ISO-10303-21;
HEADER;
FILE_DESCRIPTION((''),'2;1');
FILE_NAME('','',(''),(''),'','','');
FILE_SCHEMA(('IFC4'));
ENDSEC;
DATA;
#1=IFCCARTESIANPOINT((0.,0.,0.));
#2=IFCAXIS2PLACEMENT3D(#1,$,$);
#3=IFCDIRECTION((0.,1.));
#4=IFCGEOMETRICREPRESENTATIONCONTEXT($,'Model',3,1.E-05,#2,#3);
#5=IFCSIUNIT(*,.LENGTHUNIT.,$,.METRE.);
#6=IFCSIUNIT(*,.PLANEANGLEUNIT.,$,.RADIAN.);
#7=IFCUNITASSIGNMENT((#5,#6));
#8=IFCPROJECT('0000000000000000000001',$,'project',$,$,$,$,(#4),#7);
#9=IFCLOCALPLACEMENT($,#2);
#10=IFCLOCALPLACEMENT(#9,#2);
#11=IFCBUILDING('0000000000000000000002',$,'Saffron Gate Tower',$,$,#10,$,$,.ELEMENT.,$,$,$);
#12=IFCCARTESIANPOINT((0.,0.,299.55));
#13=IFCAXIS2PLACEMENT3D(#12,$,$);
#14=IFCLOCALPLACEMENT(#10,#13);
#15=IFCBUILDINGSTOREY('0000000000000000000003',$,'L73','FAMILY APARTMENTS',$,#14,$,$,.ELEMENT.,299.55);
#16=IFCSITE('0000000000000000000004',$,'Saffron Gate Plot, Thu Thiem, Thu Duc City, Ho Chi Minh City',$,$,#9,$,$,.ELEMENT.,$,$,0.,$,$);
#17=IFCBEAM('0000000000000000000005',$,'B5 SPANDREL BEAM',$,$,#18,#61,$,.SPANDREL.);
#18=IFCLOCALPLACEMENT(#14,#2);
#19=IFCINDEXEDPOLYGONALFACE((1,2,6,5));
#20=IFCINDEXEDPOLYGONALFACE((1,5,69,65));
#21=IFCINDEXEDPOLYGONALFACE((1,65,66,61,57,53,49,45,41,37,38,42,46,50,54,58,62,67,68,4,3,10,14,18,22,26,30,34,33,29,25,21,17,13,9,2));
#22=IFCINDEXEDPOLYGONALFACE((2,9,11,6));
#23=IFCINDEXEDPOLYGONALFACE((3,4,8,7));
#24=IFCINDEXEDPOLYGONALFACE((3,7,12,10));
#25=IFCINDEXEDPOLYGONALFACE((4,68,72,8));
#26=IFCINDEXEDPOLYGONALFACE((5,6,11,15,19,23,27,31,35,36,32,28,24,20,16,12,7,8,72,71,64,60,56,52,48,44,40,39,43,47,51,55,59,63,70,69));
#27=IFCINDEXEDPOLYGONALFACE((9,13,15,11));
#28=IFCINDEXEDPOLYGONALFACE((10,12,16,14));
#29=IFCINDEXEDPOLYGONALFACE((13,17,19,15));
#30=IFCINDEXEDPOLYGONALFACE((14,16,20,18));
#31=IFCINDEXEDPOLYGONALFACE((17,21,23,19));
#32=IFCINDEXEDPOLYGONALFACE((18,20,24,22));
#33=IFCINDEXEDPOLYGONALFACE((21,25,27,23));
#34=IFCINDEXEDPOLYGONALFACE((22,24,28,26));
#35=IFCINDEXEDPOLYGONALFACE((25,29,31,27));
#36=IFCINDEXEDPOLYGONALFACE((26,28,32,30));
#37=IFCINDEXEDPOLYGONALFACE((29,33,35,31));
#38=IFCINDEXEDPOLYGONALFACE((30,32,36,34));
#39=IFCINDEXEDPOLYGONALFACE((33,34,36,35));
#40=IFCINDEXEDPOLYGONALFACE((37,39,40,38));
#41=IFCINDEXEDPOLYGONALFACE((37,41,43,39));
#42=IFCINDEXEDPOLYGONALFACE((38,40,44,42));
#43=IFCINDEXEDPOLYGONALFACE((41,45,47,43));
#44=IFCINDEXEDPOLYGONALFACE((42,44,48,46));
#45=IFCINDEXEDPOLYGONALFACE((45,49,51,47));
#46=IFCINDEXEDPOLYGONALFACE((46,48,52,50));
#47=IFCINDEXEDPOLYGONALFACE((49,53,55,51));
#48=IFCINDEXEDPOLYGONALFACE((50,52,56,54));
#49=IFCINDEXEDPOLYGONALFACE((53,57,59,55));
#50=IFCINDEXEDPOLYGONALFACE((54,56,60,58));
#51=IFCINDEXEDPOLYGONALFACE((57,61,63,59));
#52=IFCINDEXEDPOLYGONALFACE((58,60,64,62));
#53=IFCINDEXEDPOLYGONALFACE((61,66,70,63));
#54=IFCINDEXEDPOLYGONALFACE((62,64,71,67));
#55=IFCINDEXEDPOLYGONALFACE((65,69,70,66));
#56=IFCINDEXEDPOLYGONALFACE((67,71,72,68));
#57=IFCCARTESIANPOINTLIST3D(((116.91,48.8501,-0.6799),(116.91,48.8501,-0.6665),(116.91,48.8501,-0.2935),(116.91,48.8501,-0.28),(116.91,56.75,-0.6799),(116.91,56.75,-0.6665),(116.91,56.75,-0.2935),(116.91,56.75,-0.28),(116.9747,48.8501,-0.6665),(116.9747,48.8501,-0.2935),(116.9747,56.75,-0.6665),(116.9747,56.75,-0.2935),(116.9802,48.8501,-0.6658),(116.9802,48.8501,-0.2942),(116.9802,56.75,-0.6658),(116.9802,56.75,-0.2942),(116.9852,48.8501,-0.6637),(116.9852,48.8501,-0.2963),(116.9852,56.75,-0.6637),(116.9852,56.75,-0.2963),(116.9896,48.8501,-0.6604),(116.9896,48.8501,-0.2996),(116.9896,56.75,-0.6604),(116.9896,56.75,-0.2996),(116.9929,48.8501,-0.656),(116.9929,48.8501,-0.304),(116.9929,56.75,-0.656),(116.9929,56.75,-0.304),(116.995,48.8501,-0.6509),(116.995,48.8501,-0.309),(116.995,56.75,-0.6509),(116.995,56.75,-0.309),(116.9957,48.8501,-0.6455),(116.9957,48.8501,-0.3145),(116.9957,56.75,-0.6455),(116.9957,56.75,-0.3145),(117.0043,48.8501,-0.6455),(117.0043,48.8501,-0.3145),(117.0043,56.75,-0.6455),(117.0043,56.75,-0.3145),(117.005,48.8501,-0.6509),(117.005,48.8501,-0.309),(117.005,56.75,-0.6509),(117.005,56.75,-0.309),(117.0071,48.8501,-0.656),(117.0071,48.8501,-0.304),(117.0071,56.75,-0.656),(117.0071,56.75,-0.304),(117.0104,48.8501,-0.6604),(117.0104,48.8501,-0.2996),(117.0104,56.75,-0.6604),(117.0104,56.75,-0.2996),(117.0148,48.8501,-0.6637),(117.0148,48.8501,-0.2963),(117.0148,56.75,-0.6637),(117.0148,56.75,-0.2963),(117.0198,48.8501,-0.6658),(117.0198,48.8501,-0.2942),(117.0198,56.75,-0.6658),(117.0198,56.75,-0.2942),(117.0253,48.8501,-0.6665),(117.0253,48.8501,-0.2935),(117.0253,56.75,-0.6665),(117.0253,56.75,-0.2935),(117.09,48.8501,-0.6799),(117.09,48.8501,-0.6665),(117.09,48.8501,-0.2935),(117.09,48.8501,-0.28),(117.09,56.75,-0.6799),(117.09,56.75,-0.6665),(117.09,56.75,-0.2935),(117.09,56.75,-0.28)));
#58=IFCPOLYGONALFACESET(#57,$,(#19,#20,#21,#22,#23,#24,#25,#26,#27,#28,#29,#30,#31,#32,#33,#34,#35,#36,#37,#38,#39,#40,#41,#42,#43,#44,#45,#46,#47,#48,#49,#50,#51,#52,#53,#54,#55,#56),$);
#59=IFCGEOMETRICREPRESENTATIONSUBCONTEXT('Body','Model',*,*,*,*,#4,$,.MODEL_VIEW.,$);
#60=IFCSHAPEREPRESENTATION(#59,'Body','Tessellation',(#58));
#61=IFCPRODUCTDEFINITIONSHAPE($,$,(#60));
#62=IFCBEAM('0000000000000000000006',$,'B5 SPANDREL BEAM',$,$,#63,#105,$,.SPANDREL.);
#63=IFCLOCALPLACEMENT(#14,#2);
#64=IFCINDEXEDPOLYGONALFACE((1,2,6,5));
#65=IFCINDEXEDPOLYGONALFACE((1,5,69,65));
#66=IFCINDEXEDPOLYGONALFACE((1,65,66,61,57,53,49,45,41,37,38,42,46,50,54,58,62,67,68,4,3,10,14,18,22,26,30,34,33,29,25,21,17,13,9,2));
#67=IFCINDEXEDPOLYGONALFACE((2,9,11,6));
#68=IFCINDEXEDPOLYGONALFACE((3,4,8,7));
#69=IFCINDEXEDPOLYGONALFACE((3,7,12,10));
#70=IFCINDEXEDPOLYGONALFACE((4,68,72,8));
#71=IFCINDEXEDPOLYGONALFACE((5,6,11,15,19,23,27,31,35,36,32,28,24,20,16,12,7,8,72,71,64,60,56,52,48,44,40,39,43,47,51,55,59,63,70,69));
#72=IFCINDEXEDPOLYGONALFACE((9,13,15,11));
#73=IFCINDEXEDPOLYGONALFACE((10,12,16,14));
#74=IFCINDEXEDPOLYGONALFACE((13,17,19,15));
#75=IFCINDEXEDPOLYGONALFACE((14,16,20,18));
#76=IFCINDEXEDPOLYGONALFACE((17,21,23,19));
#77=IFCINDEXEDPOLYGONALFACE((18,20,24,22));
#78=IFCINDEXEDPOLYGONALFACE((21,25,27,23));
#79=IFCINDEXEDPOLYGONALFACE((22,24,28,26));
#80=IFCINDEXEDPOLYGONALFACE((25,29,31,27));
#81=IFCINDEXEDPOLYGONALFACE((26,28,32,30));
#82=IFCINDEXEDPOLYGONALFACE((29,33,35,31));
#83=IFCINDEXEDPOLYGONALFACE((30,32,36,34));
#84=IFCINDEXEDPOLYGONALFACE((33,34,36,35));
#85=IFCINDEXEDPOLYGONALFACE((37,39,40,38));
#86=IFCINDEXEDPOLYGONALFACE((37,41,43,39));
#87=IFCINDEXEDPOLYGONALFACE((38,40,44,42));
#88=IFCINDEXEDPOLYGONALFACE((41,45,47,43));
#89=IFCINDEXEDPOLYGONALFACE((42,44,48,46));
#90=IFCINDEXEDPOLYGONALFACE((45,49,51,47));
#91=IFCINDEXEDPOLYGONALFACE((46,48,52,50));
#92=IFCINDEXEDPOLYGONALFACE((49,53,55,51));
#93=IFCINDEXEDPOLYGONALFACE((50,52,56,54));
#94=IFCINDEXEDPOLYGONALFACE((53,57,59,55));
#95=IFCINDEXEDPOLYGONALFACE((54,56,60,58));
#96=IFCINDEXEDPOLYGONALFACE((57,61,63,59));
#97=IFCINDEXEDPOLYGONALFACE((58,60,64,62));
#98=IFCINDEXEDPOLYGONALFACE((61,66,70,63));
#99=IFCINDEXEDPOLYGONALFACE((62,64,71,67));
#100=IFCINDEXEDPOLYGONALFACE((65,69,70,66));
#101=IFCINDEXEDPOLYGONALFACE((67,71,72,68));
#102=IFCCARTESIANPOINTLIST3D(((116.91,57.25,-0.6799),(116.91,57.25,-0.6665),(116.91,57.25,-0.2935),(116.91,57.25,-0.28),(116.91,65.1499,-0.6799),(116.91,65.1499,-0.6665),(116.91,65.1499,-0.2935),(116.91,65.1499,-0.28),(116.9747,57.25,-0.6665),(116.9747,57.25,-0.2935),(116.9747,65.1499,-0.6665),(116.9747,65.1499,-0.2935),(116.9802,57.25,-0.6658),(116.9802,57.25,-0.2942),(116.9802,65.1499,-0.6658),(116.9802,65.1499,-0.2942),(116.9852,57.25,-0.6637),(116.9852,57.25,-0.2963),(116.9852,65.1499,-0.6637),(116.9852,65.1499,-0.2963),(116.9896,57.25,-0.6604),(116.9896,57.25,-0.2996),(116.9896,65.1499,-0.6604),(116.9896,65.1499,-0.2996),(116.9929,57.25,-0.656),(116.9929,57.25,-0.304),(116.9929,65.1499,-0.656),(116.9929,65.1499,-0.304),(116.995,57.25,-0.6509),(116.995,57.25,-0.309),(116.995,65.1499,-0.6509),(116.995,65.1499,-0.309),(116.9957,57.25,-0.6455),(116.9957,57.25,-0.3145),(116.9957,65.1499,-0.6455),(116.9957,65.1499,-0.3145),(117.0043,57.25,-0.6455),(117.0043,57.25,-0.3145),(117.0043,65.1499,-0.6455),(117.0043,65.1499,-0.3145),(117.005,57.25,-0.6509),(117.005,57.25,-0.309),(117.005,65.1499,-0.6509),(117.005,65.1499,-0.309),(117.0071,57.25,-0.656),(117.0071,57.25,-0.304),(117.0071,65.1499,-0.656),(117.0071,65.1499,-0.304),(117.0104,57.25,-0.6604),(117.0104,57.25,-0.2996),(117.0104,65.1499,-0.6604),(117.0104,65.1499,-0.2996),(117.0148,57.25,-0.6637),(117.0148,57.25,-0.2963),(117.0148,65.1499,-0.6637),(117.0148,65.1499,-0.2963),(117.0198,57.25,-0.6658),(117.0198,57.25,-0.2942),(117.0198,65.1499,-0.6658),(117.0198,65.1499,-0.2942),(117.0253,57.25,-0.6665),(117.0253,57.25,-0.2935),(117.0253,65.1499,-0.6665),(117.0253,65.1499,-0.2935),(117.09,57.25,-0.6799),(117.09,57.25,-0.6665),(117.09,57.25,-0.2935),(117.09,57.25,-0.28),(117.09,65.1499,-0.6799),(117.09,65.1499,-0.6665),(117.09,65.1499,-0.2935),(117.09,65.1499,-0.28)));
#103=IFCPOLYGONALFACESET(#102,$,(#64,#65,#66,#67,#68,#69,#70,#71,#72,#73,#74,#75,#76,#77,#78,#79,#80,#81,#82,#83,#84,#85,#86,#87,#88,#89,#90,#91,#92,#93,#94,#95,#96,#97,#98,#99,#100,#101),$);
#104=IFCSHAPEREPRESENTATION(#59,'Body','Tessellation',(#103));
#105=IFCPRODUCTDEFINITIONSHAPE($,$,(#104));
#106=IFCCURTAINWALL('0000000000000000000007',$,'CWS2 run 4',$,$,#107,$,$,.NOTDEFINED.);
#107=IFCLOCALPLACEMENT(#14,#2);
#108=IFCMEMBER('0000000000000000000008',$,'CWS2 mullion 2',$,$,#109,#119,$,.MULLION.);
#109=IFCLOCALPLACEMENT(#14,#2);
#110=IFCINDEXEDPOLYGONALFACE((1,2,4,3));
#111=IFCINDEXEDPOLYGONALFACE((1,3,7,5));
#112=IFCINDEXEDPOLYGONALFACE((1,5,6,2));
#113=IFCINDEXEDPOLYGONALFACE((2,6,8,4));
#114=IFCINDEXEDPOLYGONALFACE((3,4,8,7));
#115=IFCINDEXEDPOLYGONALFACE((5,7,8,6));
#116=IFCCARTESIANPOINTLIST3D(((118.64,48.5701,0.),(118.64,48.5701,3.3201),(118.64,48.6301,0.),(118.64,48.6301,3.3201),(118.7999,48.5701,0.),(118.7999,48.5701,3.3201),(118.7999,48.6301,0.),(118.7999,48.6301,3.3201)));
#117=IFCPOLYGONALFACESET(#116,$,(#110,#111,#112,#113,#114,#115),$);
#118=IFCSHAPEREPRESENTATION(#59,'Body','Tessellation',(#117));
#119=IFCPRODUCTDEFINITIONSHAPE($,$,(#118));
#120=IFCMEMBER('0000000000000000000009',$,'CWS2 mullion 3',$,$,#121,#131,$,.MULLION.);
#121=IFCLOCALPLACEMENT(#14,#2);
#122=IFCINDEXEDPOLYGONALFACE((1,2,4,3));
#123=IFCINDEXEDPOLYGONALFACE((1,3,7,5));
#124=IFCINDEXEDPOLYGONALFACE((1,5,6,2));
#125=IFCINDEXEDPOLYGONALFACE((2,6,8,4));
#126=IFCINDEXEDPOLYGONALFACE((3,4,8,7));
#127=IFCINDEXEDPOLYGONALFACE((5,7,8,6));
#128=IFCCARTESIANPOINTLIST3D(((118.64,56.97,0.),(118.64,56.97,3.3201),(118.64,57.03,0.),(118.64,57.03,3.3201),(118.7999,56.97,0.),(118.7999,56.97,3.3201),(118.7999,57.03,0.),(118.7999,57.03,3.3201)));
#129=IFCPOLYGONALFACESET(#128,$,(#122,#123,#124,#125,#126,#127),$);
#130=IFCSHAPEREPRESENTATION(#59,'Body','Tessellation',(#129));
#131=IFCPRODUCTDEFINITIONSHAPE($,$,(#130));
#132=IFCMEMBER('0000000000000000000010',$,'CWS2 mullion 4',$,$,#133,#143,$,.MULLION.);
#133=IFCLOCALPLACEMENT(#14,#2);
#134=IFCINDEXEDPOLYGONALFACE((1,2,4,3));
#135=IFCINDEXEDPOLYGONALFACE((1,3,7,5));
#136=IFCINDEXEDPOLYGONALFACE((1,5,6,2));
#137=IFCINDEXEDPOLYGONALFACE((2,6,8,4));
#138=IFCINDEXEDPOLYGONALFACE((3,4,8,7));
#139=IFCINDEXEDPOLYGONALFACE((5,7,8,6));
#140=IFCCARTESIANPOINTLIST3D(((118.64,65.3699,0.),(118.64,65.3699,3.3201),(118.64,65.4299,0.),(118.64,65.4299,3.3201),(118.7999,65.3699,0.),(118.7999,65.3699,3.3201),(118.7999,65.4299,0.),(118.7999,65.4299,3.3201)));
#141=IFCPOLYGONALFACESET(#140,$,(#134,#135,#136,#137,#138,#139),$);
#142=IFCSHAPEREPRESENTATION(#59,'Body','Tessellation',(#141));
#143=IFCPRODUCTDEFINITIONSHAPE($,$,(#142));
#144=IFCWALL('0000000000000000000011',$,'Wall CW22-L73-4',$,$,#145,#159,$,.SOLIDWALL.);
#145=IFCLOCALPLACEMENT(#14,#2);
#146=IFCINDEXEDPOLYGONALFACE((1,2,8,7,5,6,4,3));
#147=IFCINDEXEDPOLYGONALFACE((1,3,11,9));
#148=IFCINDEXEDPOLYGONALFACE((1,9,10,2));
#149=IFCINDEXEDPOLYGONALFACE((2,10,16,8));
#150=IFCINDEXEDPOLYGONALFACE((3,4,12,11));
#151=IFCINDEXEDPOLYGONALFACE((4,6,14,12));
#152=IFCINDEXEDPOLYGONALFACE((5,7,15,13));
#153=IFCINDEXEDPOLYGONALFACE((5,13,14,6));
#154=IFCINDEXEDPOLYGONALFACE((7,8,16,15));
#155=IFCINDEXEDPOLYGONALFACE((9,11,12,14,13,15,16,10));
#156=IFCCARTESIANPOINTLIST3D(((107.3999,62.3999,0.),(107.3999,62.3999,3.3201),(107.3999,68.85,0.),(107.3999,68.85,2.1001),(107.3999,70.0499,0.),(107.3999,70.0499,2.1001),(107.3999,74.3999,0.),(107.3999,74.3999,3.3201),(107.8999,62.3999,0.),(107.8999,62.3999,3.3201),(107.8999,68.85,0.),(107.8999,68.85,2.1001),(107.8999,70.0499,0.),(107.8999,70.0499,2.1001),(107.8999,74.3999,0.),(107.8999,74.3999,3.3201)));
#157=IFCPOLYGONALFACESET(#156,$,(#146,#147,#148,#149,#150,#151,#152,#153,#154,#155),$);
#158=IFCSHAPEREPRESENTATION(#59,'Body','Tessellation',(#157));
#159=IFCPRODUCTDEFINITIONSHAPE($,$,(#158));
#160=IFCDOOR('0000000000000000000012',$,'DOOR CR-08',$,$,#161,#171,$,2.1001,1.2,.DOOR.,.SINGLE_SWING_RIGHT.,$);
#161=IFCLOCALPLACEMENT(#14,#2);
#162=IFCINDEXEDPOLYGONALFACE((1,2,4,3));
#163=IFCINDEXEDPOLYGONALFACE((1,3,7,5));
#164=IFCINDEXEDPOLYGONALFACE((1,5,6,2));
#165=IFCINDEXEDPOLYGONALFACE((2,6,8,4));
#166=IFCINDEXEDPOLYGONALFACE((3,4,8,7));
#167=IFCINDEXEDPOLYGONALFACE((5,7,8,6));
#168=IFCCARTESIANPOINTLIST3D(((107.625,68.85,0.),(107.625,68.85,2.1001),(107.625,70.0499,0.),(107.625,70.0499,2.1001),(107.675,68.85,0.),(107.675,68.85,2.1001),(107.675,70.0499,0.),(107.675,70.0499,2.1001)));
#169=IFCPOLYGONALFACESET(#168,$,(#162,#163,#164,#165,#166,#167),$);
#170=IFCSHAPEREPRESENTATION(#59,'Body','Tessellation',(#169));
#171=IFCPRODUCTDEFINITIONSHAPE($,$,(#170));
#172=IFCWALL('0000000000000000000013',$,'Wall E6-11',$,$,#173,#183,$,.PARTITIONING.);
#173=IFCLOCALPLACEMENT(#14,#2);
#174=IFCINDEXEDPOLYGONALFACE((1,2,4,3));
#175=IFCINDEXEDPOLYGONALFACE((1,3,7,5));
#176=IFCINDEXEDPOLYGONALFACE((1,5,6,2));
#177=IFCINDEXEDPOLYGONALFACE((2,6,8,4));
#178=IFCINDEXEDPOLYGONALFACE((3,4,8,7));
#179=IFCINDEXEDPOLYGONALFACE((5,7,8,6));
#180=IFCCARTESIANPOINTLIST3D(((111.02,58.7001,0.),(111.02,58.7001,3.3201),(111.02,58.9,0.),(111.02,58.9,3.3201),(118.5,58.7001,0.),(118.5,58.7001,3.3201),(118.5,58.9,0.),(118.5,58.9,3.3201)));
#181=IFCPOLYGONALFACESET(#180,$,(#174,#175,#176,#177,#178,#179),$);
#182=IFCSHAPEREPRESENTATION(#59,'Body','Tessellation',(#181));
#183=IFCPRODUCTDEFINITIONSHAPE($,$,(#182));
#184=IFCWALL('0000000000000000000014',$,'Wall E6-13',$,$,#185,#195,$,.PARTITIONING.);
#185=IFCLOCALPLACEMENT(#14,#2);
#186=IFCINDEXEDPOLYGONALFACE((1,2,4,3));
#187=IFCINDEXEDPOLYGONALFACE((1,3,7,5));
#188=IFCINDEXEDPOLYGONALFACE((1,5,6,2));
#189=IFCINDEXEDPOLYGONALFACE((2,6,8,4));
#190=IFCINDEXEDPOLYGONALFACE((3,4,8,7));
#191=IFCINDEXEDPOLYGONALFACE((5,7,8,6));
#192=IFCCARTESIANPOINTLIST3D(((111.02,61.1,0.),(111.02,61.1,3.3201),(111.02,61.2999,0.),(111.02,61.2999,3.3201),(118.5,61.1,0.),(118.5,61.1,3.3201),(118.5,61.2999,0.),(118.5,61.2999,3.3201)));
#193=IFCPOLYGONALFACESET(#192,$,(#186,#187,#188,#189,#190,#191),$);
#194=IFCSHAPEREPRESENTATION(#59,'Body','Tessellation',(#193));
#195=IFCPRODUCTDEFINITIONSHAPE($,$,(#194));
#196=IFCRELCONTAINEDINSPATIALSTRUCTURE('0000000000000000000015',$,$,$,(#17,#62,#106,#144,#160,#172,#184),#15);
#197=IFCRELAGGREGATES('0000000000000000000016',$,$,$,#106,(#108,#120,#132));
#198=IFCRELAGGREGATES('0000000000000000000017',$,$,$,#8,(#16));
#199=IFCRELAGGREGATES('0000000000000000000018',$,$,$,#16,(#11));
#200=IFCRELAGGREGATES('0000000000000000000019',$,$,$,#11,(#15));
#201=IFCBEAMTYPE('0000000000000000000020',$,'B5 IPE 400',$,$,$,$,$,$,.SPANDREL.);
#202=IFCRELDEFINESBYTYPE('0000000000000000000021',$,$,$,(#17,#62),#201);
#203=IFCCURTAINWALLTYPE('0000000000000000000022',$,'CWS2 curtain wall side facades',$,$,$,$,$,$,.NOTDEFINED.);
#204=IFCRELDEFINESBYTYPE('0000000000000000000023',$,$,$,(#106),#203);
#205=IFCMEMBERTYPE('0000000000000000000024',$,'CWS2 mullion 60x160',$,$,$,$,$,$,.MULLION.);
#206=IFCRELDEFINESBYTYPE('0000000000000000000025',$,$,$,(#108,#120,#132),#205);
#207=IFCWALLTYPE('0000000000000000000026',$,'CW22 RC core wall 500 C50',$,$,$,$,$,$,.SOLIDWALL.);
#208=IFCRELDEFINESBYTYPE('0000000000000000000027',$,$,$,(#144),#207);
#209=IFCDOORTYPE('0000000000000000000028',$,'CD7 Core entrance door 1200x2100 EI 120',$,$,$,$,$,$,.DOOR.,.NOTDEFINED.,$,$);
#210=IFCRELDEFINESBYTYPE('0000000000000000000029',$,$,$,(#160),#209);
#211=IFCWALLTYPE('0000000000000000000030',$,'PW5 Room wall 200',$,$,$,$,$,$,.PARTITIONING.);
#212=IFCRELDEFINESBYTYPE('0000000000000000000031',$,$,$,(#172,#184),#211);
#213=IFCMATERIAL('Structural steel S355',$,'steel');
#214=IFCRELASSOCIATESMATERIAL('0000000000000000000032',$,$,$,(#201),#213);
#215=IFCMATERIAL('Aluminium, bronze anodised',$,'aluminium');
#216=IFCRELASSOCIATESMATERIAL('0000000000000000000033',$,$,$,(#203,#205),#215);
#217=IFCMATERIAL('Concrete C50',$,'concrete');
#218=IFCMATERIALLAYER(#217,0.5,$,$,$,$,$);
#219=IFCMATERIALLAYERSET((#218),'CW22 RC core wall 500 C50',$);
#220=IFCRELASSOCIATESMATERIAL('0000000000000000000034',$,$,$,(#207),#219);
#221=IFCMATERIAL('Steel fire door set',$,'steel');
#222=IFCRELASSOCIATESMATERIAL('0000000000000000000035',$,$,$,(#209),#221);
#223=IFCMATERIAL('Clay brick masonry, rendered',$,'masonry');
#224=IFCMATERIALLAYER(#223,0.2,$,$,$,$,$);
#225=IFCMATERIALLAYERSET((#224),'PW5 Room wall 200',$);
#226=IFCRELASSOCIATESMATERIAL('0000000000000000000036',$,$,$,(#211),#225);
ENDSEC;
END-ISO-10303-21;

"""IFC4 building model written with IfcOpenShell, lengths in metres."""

from ifc_helpers import new_model, si_unit, direction, frame, frame_2d, origin, origin_2d, place, context, subcontext, project, spatial, rectangle, i_section, extrude, material, layer, layer_set, material_profile, profile_set, type_object, element, fill, aggregate, save


model = new_model("IFC4")

# Units and contexts
model_context = context("Model", 3, precision=1e-05, world=origin(), true_north=direction((0.0, 1.0)))
body_context = subcontext(model_context, "Body", "Model", "MODEL_VIEW")
ifc_project = project(units=[si_unit("LENGTHUNIT", "METRE"), si_unit("PLANEANGLEUNIT", "RADIAN")], contexts=[model_context])

# Site, building, storey
site_placement = place(None, origin())
site = spatial("IfcSite", under=ifc_project, at=site_placement, Name="Saffron Gate Plot, Thu Thiem, Thu Duc City, Ho Chi Minh City", CompositionType="ELEMENT", RefElevation=0.0)
building_placement = place(site_placement, origin())
building = spatial("IfcBuilding", under=site, at=building_placement, Name="Saffron Gate Tower", CompositionType="ELEMENT")
storey_placement = place(building_placement, frame((0.0, 0.0, 299.55)))
storey = spatial("IfcBuildingStorey", under=building, at=storey_placement, Name="L73", Description="FAMILY APARTMENTS", CompositionType="ELEMENT", Elevation=299.55)

# Beams
ifc_material_1 = material(Name="Structural steel S355", Category="steel")
ifc_material_profile_1 = material_profile(ifc_material_1, i_section(OverallWidth=0.1799, OverallDepth=0.3999, WebThickness=0.0085, FlangeThickness=0.0134, FilletRadius=0.021, at=origin_2d()))
ifc_profile_set_1 = profile_set([ifc_material_profile_1], Name="Structural steel S355")
beam_type_1 = type_object("IfcBeamType", Name="B5 IPE 400", PredefinedType="SPANDREL", material=ifc_profile_set_1)
for number, where, z_axis, x_axis, name in (
    (1, (117.0, 48.8501, -0.48), (0.0, 1.0, 0.0), (-1.0, 0.0, 0.0), "B5 SPANDREL BEAM"),
    (2, (117.0, 57.25, -0.48), (0.0, 1.0, 0.0), (-1.0, 0.0, 0.0), "B5 SPANDREL BEAM"),
):
    element("IfcBeam", number, at=place(storey_placement, frame(where, z_axis=z_axis, x_axis=x_axis)), inside=storey, type_object=beam_type_1, Name=name, PredefinedType="SPANDREL", context=body_context, shape_type="SweptSolid", body=[
        extrude(i_section(OverallWidth=0.1799, OverallDepth=0.3999, WebThickness=0.0085, FlangeThickness=0.0134, FilletRadius=0.021, at=origin_2d()), origin(), (0.0, 0.0, 1.0), 7.8999),
    ])

# Curtain wall, members
ifc_material_2 = material(Name="Aluminium, bronze anodised", Category="aluminium")
curtain_wall_type = type_object("IfcCurtainWallType", Name="CWS2 curtain wall side facades", PredefinedType="NOTDEFINED", material=ifc_material_2)
curtain_wall_placement = place(storey_placement, origin())
curtain_wall = element("IfcCurtainWall", 3, at=curtain_wall_placement, inside=storey, type_object=curtain_wall_type, Name="CWS2 run 4", PredefinedType="NOTDEFINED")
ifc_material_profile_2 = material_profile(ifc_material_2, rectangle(XDim=0.1599, YDim=0.0601, at=origin_2d()))
ifc_profile_set_2 = profile_set([ifc_material_profile_2], Name="Aluminium, bronze anodised")
member_type = type_object("IfcMemberType", Name="CWS2 mullion 60x160", PredefinedType="MULLION", material=ifc_profile_set_2)
member_1_placement = place(storey_placement, frame((118.72, 48.6001, 0.0), z_axis=(0.0, 0.0, 1.0), x_axis=(-1.0, 0.0, 0.0)))
member_1 = element("IfcMember", 4, at=member_1_placement, type_object=member_type, Name="CWS2 mullion 2", PredefinedType="MULLION", context=body_context, shape_type="SweptSolid", body=[
    extrude(rectangle(XDim=0.1599, YDim=0.0601, at=origin_2d()), origin(), (0.0, 0.0, 1.0), 3.3201),
])
member_2_placement = place(storey_placement, frame((118.72, 57.0, 0.0), z_axis=(0.0, 0.0, 1.0), x_axis=(-1.0, 0.0, 0.0)))
member_2 = element("IfcMember", 5, at=member_2_placement, type_object=member_type, Name="CWS2 mullion 3", PredefinedType="MULLION", context=body_context, shape_type="SweptSolid", body=[
    extrude(rectangle(XDim=0.1599, YDim=0.0601, at=origin_2d()), origin(), (0.0, 0.0, 1.0), 3.3201),
])
member_3_placement = place(storey_placement, frame((118.72, 65.3999, 0.0), z_axis=(0.0, 0.0, 1.0), x_axis=(-1.0, 0.0, 0.0)))
member_3 = element("IfcMember", 6, at=member_3_placement, type_object=member_type, Name="CWS2 mullion 4", PredefinedType="MULLION", context=body_context, shape_type="SweptSolid", body=[
    extrude(rectangle(XDim=0.1599, YDim=0.0601, at=origin_2d()), origin(), (0.0, 0.0, 1.0), 3.3201),
])
aggregate(curtain_wall, [member_1, member_2, member_3])

# Wall, opening, door
ifc_material_3 = material(Name="Concrete C50", Category="concrete")
ifc_layer_1 = layer(ifc_material_3, 0.5)
ifc_layer_set_1 = layer_set([ifc_layer_1], Name="CW22 RC core wall 500 C50")
wall_type_1 = type_object("IfcWallType", Name="CW22 RC core wall 500 C50", PredefinedType="SOLIDWALL", material=ifc_layer_set_1)
wall_1_placement = place(storey_placement, frame((107.6499, 62.3999, 0.0), z_axis=(0.0, 0.0, 1.0), x_axis=(0.0, 1.0, 0.0)))
wall_1 = element("IfcWall", 7, at=wall_1_placement, inside=storey, type_object=wall_type_1, Name="Wall CW22-L73-4", PredefinedType="SOLIDWALL", context=body_context, shape_type="SweptSolid", body=[
    extrude(rectangle(XDim=12.0, YDim=0.5, at=frame_2d((6.0, 0.0))), origin(), (0.0, 0.0, 1.0), 3.3201),
])
opening_placement = place(wall_1_placement, frame((6.45, 0.0, 0.0)))
opening = element("IfcOpeningElement", 8, at=opening_placement, cuts=wall_1, PredefinedType="OPENING", context=body_context, shape_type="SweptSolid", body=[
    extrude(rectangle(XDim=1.2, YDim=2.1001, at=frame_2d((0.6001, 1.05))), frame((0.0, 0.26, 0.0), z_axis=(0.0, -1.0, 0.0), x_axis=(1.0, 0.0, 0.0)), (0.0, 0.0, 1.0), 0.52),
])
ifc_material_4 = material(Name="Steel fire door set", Category="steel")
door_type = type_object("IfcDoorType", Name="CD7 Core entrance door 1200x2100 EI 120", OperationType="NOTDEFINED", PredefinedType="DOOR", material=ifc_material_4)
door_placement = place(opening_placement, origin())
door = element("IfcDoor", 9, at=door_placement, inside=storey, type_object=door_type, Name="DOOR CR-08", OperationType="SINGLE_SWING_RIGHT", OverallHeight=2.1001, OverallWidth=1.2, PredefinedType="DOOR", context=body_context, shape_type="SweptSolid", body=[
    extrude(rectangle(XDim=1.2, YDim=2.1001, at=frame_2d((0.6001, 1.05))), frame((0.0, 0.0249, 0.0), z_axis=(0.0, -1.0, 0.0), x_axis=(1.0, 0.0, 0.0)), (0.0, 0.0, 1.0), 0.05),
])
fill(opening, door)

# Walls
ifc_material_5 = material(Name="Clay brick masonry, rendered", Category="masonry")
ifc_layer_2 = layer(ifc_material_5, 0.2)
ifc_layer_set_2 = layer_set([ifc_layer_2], Name="PW5 Room wall 200")
wall_type_2 = type_object("IfcWallType", Name="PW5 Room wall 200", PredefinedType="PARTITIONING", material=ifc_layer_set_2)
for number, where, z_axis, x_axis, name in (
    (10, (111.02, 58.8, 0.0), (0.0, 0.0, 1.0), (1.0, 0.0, 0.0), "Wall E6-11"),
    (11, (111.02, 61.2, 0.0), (0.0, 0.0, 1.0), (1.0, 0.0, 0.0), "Wall E6-13"),
):
    element("IfcWall", number, at=place(storey_placement, frame(where, z_axis=z_axis, x_axis=x_axis)), inside=storey, type_object=wall_type_2, Name=name, PredefinedType="PARTITIONING", context=body_context, shape_type="SweptSolid", body=[
        extrude(rectangle(XDim=7.48, YDim=0.2, at=frame_2d((3.74, 0.0))), origin(), (0.0, 0.0, 1.0), 3.3201),
    ])

save(model, "model.ifc")
